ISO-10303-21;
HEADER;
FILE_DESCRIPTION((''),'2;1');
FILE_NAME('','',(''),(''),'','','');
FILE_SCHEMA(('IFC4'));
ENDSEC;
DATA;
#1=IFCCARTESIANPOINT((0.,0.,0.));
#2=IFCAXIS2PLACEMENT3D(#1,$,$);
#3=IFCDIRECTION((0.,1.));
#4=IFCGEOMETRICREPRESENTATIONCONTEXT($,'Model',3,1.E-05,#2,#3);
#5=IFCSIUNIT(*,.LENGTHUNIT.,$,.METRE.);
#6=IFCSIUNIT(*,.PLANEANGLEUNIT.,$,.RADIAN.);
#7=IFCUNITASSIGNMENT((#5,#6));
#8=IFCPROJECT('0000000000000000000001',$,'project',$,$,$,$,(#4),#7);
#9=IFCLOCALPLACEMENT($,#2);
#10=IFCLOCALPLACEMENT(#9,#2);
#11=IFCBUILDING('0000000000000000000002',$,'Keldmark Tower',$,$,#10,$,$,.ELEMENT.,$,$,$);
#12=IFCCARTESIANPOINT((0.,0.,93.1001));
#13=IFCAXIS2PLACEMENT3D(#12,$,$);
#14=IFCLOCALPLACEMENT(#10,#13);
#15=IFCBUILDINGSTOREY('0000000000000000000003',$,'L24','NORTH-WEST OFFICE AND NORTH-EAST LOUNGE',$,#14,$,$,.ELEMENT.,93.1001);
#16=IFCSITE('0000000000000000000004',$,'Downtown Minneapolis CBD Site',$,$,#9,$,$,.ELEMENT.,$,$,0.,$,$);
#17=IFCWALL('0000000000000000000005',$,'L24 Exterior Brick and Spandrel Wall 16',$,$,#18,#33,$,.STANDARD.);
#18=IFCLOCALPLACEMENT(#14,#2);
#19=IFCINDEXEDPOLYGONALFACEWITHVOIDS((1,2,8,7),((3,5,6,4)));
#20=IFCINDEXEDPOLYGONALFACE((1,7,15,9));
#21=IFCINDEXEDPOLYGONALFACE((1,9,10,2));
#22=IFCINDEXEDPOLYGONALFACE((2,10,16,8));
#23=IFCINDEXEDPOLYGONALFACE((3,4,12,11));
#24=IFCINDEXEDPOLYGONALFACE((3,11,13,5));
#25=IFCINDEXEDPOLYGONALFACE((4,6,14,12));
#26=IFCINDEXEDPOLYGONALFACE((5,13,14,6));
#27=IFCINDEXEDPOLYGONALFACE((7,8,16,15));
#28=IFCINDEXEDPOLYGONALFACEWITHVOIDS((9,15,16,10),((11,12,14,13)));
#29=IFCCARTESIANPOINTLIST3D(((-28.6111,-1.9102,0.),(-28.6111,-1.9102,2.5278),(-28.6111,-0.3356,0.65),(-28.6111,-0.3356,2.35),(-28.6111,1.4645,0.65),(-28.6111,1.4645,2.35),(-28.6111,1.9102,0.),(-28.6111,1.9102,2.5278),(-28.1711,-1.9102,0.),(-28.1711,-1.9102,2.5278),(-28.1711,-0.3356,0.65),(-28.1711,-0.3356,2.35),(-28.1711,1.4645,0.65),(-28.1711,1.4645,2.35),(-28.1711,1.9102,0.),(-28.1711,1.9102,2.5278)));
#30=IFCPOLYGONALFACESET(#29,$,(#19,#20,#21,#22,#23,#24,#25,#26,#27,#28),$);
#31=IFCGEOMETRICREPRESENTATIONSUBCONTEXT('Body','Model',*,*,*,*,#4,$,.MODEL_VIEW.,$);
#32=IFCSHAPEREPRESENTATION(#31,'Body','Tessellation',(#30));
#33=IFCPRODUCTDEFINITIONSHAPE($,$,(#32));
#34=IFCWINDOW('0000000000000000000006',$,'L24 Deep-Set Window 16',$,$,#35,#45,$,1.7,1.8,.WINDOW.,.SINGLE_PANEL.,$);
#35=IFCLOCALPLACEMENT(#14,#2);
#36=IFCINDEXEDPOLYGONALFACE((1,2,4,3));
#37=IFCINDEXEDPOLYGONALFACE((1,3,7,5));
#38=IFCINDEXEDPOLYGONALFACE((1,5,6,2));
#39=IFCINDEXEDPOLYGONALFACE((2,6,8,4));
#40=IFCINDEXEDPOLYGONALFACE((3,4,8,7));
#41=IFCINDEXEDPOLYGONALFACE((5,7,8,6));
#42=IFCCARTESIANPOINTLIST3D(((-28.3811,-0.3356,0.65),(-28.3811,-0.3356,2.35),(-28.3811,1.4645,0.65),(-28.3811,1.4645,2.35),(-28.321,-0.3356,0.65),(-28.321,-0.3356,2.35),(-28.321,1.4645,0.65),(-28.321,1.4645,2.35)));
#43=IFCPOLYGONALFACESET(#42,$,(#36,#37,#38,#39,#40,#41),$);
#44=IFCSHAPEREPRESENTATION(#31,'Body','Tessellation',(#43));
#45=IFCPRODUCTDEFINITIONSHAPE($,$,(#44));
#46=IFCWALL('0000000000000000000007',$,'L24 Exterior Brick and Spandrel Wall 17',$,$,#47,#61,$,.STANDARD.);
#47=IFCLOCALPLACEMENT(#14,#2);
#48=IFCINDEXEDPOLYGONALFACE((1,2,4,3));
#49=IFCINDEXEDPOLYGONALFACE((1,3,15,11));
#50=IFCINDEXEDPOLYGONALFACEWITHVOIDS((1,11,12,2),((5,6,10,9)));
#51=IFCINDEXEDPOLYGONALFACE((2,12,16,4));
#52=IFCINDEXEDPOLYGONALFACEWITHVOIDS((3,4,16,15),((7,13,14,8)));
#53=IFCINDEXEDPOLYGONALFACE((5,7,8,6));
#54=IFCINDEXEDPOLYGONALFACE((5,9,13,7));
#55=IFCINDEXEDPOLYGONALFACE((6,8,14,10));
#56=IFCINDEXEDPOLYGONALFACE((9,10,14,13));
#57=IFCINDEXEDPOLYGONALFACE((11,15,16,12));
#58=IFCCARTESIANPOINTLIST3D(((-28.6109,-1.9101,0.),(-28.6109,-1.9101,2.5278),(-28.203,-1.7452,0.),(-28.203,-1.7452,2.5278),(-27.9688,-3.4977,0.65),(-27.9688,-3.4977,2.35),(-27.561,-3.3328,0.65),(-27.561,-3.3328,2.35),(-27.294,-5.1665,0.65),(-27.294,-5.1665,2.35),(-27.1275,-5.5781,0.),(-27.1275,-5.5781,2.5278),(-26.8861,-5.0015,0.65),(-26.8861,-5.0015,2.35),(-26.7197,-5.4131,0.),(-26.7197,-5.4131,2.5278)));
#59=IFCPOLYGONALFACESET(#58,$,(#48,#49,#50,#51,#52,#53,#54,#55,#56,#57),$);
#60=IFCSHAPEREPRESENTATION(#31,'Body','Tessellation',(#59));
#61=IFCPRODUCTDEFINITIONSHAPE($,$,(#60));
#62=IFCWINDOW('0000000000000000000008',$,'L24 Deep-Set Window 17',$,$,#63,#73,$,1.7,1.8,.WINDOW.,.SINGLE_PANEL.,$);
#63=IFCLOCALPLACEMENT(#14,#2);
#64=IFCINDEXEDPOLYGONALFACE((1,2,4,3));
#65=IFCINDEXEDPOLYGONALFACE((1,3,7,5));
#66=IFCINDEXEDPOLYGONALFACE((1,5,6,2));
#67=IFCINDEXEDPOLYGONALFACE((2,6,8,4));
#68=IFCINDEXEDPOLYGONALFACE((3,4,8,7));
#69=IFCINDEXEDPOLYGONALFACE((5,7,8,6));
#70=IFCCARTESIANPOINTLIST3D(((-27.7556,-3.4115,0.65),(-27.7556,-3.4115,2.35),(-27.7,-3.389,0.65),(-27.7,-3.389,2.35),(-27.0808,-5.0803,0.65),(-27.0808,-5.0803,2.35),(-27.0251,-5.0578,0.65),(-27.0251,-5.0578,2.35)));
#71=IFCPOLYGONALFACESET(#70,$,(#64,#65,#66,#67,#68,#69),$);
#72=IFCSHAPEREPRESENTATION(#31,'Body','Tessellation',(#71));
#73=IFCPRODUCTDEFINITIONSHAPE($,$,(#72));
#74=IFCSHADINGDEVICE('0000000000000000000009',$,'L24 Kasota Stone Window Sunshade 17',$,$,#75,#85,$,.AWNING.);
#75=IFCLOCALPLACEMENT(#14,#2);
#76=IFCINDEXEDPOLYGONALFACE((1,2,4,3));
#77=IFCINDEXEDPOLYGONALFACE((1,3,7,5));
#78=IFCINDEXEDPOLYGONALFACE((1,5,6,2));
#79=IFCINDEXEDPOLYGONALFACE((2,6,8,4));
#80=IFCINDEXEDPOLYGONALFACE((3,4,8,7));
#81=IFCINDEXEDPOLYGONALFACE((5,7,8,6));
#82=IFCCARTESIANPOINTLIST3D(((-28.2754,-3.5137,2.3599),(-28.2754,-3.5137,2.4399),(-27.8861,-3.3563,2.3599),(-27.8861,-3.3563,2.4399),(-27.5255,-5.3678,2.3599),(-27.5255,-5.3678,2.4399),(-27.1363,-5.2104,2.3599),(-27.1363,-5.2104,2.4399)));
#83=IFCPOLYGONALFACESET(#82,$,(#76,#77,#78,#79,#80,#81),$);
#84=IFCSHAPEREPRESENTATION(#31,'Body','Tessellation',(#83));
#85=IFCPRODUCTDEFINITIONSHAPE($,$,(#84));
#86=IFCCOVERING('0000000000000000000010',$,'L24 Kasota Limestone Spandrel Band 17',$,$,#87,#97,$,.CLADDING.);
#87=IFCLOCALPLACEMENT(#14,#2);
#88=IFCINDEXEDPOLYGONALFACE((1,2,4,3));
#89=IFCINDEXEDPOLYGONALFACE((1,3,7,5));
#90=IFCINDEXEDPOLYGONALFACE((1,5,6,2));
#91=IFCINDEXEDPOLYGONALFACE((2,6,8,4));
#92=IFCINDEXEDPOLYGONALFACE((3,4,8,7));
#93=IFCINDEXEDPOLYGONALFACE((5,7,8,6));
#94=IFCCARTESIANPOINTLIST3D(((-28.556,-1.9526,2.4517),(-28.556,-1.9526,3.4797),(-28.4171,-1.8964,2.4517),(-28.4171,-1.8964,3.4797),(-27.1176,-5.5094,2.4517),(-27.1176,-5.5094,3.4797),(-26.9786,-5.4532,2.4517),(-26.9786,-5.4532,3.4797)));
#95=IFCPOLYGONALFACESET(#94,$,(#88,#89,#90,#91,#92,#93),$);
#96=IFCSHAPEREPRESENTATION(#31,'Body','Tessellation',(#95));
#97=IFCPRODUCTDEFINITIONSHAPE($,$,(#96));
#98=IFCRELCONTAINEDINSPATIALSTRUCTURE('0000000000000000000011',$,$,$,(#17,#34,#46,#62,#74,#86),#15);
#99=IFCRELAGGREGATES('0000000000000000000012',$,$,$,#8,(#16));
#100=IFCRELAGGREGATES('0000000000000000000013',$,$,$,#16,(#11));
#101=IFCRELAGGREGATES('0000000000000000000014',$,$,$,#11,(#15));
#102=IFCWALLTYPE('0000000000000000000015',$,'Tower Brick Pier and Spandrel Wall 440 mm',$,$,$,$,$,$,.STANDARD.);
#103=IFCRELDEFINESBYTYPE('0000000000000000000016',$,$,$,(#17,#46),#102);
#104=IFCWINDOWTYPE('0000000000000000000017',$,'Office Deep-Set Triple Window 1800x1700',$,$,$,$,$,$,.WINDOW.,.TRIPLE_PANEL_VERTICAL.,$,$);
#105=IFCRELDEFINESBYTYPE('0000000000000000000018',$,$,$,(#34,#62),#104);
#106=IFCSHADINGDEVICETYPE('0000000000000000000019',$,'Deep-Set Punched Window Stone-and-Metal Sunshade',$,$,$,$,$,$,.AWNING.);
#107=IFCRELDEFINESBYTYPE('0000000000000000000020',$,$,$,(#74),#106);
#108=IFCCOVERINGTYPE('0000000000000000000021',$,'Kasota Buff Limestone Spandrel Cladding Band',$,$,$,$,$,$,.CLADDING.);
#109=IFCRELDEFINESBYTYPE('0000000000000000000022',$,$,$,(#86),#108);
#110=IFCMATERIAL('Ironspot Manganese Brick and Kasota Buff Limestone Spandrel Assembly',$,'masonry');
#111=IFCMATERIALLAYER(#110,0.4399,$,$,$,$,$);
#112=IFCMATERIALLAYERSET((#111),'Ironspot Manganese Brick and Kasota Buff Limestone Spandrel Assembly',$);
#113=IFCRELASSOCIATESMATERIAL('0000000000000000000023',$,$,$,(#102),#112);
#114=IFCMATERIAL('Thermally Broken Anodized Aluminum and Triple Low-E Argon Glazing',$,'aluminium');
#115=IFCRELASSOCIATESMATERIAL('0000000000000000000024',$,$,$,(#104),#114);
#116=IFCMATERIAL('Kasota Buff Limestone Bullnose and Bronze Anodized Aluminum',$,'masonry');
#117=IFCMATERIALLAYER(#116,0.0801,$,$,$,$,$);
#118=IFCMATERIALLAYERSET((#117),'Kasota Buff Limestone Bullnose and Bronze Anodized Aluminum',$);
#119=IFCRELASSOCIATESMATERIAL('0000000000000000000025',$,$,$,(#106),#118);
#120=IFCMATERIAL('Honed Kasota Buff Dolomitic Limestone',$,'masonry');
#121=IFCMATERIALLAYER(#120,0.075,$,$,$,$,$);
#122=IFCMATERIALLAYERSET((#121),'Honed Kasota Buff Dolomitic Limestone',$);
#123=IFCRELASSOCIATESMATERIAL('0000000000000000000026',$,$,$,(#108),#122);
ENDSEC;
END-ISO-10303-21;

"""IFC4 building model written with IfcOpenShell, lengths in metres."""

from ifc_helpers import new_model, si_unit, direction, frame, frame_2d, origin, origin_2d, place, context, subcontext, project, spatial, rectangle, extrude, material, layer, layer_set, type_object, element, fill, save


model = new_model("IFC4")

# Units and contexts
model_context = context("Model", 3, precision=1e-05, world=origin(), true_north=direction((0.0, 1.0)))
body_context = subcontext(model_context, "Body", "Model", "MODEL_VIEW")
ifc_project = project(units=[si_unit("LENGTHUNIT", "METRE"), si_unit("PLANEANGLEUNIT", "RADIAN")], contexts=[model_context])

# Site, building, storey
site_placement = place(None, origin())
site = spatial("IfcSite", under=ifc_project, at=site_placement, Name="Downtown Minneapolis CBD Site", CompositionType="ELEMENT", RefElevation=0.0)
building_placement = place(site_placement, origin())
building = spatial("IfcBuilding", under=site, at=building_placement, Name="Keldmark Tower", CompositionType="ELEMENT")
storey_placement = place(building_placement, frame((0.0, 0.0, 93.1001)))
storey = spatial("IfcBuildingStorey", under=building, at=storey_placement, Name="L24", Description="NORTH-WEST OFFICE AND NORTH-EAST LOUNGE", CompositionType="ELEMENT", Elevation=93.1001)

# Walls, openings, windows
ifc_material_1 = material(Name="Ironspot Manganese Brick and Kasota Buff Limestone Spandrel Assembly", Category="masonry")
ifc_layer_1 = layer(ifc_material_1, 0.4399)
ifc_layer_set_1 = layer_set([ifc_layer_1], Name="Ironspot Manganese Brick and Kasota Buff Limestone Spandrel Assembly")
wall_type_1 = type_object("IfcWallType", Name="Tower Brick Pier and Spandrel Wall 440 mm", PredefinedType="STANDARD", material=ifc_layer_set_1)
wall_1_placement = place(storey_placement, frame((-28.3911, -1.9102, 0.0), z_axis=(0.0, 0.0, 1.0), x_axis=(0.0, 1.0, 0.0)))
wall_1 = element("IfcWall", 1, at=wall_1_placement, inside=storey, type_object=wall_type_1, Name="L24 Exterior Brick and Spandrel Wall 16", PredefinedType="STANDARD", context=body_context, shape_type="SweptSolid", body=[
    extrude(rectangle(XDim=3.8203, YDim=0.4399, at=frame_2d((1.9102, 0.0))), origin(), (0.0, 0.0, 1.0), 2.5278),
])
opening_1_placement = place(wall_1_placement, frame((1.5747, 0.0, 0.6499)))
opening_1 = element("IfcOpeningElement", 2, at=opening_1_placement, cuts=wall_1, PredefinedType="OPENING", context=body_context, shape_type="SweptSolid", body=[
    extrude(rectangle(XDim=1.8, YDim=1.7, at=frame_2d((0.8999, 0.8501))), frame((0.0, 0.23, 0.0), z_axis=(0.0, -1.0, 0.0), x_axis=(1.0, 0.0, 0.0)), (0.0, 0.0, 1.0), 0.46),
])
ifc_material_2 = material(Name="Thermally Broken Anodized Aluminum and Triple Low-E Argon Glazing", Category="aluminium")
window_type = type_object("IfcWindowType", Name="Office Deep-Set Triple Window 1800x1700", PartitioningType="TRIPLE_PANEL_VERTICAL", PredefinedType="WINDOW", material=ifc_material_2)
window_1_placement = place(opening_1_placement, origin())
window_1 = element("IfcWindow", 3, at=window_1_placement, inside=storey, type_object=window_type, Name="L24 Deep-Set Window 16", OverallHeight=1.7, OverallWidth=1.8, PartitioningType="SINGLE_PANEL", PredefinedType="WINDOW", context=body_context, shape_type="SweptSolid", body=[
    extrude(rectangle(XDim=1.8, YDim=1.7, at=frame_2d((0.8999, 0.8501))), frame((0.0, -0.01, 0.0), z_axis=(0.0, -1.0, 0.0), x_axis=(1.0, 0.0, 0.0)), (0.0, 0.0, 1.0), 0.0601),
])
fill(opening_1, window_1)
wall_2_placement = place(storey_placement, frame((-26.9236, -5.4956, 0.0), z_axis=(0.0, 0.0, 1.0), x_axis=(-0.37492, 0.927057, 0.0)))
wall_2 = element("IfcWall", 4, at=wall_2_placement, inside=storey, type_object=wall_type_1, Name="L24 Exterior Brick and Spandrel Wall 17", PredefinedType="STANDARD", context=body_context, shape_type="SweptSolid", body=[
    extrude(rectangle(XDim=3.9565, YDim=0.4399, at=frame_2d((1.9783, 0.0))), origin(), (0.0, 0.0, 1.0), 2.5278),
])
opening_2_placement = place(wall_2_placement, frame((0.4441, 0.0, 0.6499)))
opening_2 = element("IfcOpeningElement", 5, at=opening_2_placement, cuts=wall_2, PredefinedType="OPENING", context=body_context, shape_type="SweptSolid", body=[
    extrude(rectangle(XDim=1.8, YDim=1.7, at=frame_2d((0.8999, 0.8501))), frame((0.0, 0.23, 0.0), z_axis=(0.0, -1.0, 0.0), x_axis=(1.0, 0.0, 0.0)), (0.0, 0.0, 1.0), 0.46),
])
window_2_placement = place(opening_2_placement, origin())
window_2 = element("IfcWindow", 6, at=window_2_placement, inside=storey, type_object=window_type, Name="L24 Deep-Set Window 17", OverallHeight=1.7, OverallWidth=1.8, PartitioningType="SINGLE_PANEL", PredefinedType="WINDOW", context=body_context, shape_type="SweptSolid", body=[
    extrude(rectangle(XDim=1.8, YDim=1.7, at=frame_2d((0.8999, 0.8501))), frame((0.0, -0.01, 0.0), z_axis=(0.0, -1.0, 0.0), x_axis=(1.0, 0.0, 0.0)), (0.0, 0.0, 1.0), 0.0601),
])
fill(opening_2, window_2)

# Shading device
ifc_material_3 = material(Name="Kasota Buff Limestone Bullnose and Bronze Anodized Aluminum", Category="masonry")
ifc_layer_2 = layer(ifc_material_3, 0.0801)
ifc_layer_set_2 = layer_set([ifc_layer_2], Name="Kasota Buff Limestone Bullnose and Bronze Anodized Aluminum")
shading_device_type = type_object("IfcShadingDeviceType", Name="Deep-Set Punched Window Stone-and-Metal Sunshade", PredefinedType="AWNING", material=ifc_layer_set_2)
shading_device_placement = place(storey_placement, frame((-27.7058, -4.3621, 2.3599), z_axis=(0.0, 0.0, 1.0), x_axis=(-0.374914, 0.92706, 0.0)))
element("IfcShadingDevice", 7, at=shading_device_placement, inside=storey, type_object=shading_device_type, Name="L24 Kasota Stone Window Sunshade 17", PredefinedType="AWNING", context=body_context, shape_type="SweptSolid", body=[
    extrude(rectangle(XDim=2.0, YDim=0.4199, at=origin_2d()), origin(), (0.0, 0.0, 1.0), 0.0801),
])

# Covering
ifc_material_4 = material(Name="Honed Kasota Buff Dolomitic Limestone", Category="masonry")
ifc_layer_3 = layer(ifc_material_4, 0.075)
ifc_layer_set_3 = layer_set([ifc_layer_3], Name="Honed Kasota Buff Dolomitic Limestone")
covering_type = type_object("IfcCoveringType", Name="Kasota Buff Limestone Spandrel Cladding Band", PredefinedType="CLADDING", material=ifc_layer_set_3)
covering_placement = place(storey_placement, frame((-27.7673, -3.7029, 2.4517), z_axis=(0.0, 0.0, 1.0), x_axis=(0.374914, -0.92706, 0.0)))
element("IfcCovering", 8, at=covering_placement, inside=storey, type_object=covering_type, Name="L24 Kasota Limestone Spandrel Band 17", PredefinedType="CLADDING", context=body_context, shape_type="SweptSolid", body=[
    extrude(rectangle(XDim=3.8367, YDim=0.1499, at=origin_2d()), origin(), (0.0, 0.0, 1.0), 1.0281),
])

save(model, "model.ifc")
